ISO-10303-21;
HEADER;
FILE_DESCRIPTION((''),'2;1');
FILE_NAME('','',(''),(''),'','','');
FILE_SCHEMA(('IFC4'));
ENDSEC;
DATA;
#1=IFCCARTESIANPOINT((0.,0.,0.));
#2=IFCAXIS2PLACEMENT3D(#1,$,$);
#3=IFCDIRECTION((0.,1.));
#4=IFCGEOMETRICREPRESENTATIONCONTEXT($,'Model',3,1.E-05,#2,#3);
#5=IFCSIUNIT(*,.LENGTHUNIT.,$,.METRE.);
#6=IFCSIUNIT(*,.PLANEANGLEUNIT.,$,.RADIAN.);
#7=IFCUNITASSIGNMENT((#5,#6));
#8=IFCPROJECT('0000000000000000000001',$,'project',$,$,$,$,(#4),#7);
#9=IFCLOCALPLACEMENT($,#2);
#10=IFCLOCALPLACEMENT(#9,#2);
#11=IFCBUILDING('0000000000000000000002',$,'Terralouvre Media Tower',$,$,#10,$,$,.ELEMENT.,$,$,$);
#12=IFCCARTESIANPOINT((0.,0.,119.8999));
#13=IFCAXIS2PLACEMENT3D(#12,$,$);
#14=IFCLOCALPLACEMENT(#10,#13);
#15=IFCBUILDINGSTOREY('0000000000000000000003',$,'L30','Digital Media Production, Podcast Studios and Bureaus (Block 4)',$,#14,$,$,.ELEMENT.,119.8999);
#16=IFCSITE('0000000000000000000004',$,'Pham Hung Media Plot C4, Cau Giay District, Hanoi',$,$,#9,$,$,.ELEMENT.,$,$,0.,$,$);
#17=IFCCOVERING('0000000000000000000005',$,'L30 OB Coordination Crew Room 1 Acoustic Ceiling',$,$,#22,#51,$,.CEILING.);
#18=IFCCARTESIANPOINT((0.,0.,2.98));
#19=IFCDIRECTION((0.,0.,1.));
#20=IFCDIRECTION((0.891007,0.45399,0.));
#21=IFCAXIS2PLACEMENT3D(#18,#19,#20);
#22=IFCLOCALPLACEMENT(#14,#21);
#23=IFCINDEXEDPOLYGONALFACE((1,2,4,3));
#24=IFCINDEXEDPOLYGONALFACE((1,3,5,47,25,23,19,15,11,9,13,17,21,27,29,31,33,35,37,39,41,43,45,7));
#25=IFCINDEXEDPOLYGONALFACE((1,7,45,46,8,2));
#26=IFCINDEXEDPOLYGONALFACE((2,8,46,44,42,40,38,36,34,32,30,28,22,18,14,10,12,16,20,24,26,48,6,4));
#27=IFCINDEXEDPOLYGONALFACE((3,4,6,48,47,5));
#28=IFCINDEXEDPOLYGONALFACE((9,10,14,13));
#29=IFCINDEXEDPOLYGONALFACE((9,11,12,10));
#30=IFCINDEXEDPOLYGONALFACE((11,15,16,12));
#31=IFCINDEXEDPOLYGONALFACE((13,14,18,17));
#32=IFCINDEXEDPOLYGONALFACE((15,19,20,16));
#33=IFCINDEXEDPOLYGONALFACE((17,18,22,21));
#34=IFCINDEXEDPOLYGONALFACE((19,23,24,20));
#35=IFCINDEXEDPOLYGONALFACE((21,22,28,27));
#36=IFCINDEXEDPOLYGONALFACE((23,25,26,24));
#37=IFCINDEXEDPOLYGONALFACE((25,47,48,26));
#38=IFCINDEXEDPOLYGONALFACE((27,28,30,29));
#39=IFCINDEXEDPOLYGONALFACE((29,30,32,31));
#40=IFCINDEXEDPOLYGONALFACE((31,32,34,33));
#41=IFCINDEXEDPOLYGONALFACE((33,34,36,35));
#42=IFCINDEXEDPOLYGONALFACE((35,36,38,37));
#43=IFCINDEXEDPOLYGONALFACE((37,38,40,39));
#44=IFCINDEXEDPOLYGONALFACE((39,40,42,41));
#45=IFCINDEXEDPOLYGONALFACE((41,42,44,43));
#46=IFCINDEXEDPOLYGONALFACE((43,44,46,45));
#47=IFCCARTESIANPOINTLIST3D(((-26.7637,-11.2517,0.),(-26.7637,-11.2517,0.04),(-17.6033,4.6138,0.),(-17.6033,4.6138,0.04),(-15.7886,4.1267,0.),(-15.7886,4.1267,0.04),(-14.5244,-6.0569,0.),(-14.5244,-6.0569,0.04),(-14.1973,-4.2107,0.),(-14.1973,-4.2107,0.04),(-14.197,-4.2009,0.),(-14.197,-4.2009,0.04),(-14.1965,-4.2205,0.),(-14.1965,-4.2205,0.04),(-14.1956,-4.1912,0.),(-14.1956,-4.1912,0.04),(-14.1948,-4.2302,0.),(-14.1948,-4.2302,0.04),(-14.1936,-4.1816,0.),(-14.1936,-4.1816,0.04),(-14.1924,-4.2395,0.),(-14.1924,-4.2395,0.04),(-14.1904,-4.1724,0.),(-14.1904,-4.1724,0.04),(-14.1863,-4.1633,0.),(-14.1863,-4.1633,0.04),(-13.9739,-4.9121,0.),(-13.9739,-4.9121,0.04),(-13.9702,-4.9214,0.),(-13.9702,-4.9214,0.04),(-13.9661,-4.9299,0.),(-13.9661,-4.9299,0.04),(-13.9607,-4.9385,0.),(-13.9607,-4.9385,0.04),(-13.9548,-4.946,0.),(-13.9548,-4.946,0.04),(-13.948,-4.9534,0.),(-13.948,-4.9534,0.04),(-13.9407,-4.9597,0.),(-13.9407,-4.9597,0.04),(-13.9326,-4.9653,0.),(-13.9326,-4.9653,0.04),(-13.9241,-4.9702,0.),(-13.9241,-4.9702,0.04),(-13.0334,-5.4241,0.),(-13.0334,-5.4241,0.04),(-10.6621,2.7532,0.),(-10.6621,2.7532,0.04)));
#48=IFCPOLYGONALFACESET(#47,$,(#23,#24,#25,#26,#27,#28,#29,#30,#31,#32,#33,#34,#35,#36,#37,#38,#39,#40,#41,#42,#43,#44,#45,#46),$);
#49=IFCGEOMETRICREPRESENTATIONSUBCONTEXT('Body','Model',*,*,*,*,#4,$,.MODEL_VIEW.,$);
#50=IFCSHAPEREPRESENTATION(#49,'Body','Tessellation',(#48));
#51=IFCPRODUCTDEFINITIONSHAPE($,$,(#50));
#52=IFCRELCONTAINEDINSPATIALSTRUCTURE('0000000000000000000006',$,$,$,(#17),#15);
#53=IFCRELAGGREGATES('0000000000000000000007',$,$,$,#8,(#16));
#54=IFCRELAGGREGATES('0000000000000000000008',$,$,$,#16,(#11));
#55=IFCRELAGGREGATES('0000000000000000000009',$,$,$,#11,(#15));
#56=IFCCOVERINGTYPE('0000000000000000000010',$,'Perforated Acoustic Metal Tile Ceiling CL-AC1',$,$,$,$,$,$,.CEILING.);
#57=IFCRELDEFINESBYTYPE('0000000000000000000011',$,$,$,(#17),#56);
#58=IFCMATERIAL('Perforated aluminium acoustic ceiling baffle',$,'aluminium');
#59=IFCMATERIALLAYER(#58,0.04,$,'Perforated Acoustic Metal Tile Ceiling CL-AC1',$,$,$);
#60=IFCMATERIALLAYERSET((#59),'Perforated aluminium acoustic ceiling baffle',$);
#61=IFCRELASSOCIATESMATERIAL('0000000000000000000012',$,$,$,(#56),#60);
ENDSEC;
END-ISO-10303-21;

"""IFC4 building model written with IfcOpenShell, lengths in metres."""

from ifc_helpers import new_model, si_unit, direction, frame, origin, place, context, subcontext, project, spatial, polyline, outline, extrude, material, layer, layer_set, type_object, element, save


model = new_model("IFC4")

# Units and contexts
model_context = context("Model", 3, precision=1e-05, world=origin(), true_north=direction((0.0, 1.0)))
body_context = subcontext(model_context, "Body", "Model", "MODEL_VIEW")
ifc_project = project(units=[si_unit("LENGTHUNIT", "METRE"), si_unit("PLANEANGLEUNIT", "RADIAN")], contexts=[model_context])

# Site, building, storey
site_placement = place(None, origin())
site = spatial("IfcSite", under=ifc_project, at=site_placement, Name="Pham Hung Media Plot C4, Cau Giay District, Hanoi", CompositionType="ELEMENT", RefElevation=0.0)
building_placement = place(site_placement, origin())
building = spatial("IfcBuilding", under=site, at=building_placement, Name="Terralouvre Media Tower", CompositionType="ELEMENT")
storey_placement = place(building_placement, frame((0.0, 0.0, 119.8999)))
storey = spatial("IfcBuildingStorey", under=building, at=storey_placement, Name="L30", Description="Digital Media Production, Podcast Studios and Bureaus (Block 4)", CompositionType="ELEMENT", Elevation=119.8999)

# Covering
ifc_material_1 = material(Name="Perforated aluminium acoustic ceiling baffle", Category="aluminium")
ifc_layer_1 = layer(ifc_material_1, 0.04, Name="Perforated Acoustic Metal Tile Ceiling CL-AC1")
ifc_layer_set_1 = layer_set([ifc_layer_1], Name="Perforated aluminium acoustic ceiling baffle")
covering_type = type_object("IfcCoveringType", Name="Perforated Acoustic Metal Tile Ceiling CL-AC1", PredefinedType="CEILING", material=ifc_layer_set_1)
covering_placement = place(storey_placement, frame((0.0, 0.0, 2.98), z_axis=(0.0, 0.0, 1.0), x_axis=(0.891007, 0.45399, 0.0)))
element("IfcCovering", 1, at=covering_placement, inside=storey, type_object=covering_type, Name="L30 OB Coordination Crew Room 1 Acoustic Ceiling", PredefinedType="CEILING", context=body_context, shape_type="SweptSolid", body=[
    extrude(outline(polyline([(-13.0334, -5.4241), (-13.9241, -4.9702), (-13.9326, -4.9653), (-13.9407, -4.9597), (-13.948, -4.9534), (-13.9548, -4.946), (-13.9607, -4.9385), (-13.9661, -4.9299), (-13.9702, -4.9214), (-13.9739, -4.9121), (-14.1924, -4.2395), (-14.1948, -4.2302), (-14.1965, -4.2205), (-14.1973, -4.2107), (-14.197, -4.2009), (-14.1956, -4.1912), (-14.1936, -4.1816), (-14.1904, -4.1724), (-14.1863, -4.1633), (-10.6621, 2.7532), (-15.7886, 4.1267), (-17.6033, 4.6138), (-26.7637, -11.2517), (-14.5244, -6.0569), (-13.0334, -5.4241)])), origin(), (0.0, 0.0, 1.0), 0.04),
])

save(model, "model.ifc")
